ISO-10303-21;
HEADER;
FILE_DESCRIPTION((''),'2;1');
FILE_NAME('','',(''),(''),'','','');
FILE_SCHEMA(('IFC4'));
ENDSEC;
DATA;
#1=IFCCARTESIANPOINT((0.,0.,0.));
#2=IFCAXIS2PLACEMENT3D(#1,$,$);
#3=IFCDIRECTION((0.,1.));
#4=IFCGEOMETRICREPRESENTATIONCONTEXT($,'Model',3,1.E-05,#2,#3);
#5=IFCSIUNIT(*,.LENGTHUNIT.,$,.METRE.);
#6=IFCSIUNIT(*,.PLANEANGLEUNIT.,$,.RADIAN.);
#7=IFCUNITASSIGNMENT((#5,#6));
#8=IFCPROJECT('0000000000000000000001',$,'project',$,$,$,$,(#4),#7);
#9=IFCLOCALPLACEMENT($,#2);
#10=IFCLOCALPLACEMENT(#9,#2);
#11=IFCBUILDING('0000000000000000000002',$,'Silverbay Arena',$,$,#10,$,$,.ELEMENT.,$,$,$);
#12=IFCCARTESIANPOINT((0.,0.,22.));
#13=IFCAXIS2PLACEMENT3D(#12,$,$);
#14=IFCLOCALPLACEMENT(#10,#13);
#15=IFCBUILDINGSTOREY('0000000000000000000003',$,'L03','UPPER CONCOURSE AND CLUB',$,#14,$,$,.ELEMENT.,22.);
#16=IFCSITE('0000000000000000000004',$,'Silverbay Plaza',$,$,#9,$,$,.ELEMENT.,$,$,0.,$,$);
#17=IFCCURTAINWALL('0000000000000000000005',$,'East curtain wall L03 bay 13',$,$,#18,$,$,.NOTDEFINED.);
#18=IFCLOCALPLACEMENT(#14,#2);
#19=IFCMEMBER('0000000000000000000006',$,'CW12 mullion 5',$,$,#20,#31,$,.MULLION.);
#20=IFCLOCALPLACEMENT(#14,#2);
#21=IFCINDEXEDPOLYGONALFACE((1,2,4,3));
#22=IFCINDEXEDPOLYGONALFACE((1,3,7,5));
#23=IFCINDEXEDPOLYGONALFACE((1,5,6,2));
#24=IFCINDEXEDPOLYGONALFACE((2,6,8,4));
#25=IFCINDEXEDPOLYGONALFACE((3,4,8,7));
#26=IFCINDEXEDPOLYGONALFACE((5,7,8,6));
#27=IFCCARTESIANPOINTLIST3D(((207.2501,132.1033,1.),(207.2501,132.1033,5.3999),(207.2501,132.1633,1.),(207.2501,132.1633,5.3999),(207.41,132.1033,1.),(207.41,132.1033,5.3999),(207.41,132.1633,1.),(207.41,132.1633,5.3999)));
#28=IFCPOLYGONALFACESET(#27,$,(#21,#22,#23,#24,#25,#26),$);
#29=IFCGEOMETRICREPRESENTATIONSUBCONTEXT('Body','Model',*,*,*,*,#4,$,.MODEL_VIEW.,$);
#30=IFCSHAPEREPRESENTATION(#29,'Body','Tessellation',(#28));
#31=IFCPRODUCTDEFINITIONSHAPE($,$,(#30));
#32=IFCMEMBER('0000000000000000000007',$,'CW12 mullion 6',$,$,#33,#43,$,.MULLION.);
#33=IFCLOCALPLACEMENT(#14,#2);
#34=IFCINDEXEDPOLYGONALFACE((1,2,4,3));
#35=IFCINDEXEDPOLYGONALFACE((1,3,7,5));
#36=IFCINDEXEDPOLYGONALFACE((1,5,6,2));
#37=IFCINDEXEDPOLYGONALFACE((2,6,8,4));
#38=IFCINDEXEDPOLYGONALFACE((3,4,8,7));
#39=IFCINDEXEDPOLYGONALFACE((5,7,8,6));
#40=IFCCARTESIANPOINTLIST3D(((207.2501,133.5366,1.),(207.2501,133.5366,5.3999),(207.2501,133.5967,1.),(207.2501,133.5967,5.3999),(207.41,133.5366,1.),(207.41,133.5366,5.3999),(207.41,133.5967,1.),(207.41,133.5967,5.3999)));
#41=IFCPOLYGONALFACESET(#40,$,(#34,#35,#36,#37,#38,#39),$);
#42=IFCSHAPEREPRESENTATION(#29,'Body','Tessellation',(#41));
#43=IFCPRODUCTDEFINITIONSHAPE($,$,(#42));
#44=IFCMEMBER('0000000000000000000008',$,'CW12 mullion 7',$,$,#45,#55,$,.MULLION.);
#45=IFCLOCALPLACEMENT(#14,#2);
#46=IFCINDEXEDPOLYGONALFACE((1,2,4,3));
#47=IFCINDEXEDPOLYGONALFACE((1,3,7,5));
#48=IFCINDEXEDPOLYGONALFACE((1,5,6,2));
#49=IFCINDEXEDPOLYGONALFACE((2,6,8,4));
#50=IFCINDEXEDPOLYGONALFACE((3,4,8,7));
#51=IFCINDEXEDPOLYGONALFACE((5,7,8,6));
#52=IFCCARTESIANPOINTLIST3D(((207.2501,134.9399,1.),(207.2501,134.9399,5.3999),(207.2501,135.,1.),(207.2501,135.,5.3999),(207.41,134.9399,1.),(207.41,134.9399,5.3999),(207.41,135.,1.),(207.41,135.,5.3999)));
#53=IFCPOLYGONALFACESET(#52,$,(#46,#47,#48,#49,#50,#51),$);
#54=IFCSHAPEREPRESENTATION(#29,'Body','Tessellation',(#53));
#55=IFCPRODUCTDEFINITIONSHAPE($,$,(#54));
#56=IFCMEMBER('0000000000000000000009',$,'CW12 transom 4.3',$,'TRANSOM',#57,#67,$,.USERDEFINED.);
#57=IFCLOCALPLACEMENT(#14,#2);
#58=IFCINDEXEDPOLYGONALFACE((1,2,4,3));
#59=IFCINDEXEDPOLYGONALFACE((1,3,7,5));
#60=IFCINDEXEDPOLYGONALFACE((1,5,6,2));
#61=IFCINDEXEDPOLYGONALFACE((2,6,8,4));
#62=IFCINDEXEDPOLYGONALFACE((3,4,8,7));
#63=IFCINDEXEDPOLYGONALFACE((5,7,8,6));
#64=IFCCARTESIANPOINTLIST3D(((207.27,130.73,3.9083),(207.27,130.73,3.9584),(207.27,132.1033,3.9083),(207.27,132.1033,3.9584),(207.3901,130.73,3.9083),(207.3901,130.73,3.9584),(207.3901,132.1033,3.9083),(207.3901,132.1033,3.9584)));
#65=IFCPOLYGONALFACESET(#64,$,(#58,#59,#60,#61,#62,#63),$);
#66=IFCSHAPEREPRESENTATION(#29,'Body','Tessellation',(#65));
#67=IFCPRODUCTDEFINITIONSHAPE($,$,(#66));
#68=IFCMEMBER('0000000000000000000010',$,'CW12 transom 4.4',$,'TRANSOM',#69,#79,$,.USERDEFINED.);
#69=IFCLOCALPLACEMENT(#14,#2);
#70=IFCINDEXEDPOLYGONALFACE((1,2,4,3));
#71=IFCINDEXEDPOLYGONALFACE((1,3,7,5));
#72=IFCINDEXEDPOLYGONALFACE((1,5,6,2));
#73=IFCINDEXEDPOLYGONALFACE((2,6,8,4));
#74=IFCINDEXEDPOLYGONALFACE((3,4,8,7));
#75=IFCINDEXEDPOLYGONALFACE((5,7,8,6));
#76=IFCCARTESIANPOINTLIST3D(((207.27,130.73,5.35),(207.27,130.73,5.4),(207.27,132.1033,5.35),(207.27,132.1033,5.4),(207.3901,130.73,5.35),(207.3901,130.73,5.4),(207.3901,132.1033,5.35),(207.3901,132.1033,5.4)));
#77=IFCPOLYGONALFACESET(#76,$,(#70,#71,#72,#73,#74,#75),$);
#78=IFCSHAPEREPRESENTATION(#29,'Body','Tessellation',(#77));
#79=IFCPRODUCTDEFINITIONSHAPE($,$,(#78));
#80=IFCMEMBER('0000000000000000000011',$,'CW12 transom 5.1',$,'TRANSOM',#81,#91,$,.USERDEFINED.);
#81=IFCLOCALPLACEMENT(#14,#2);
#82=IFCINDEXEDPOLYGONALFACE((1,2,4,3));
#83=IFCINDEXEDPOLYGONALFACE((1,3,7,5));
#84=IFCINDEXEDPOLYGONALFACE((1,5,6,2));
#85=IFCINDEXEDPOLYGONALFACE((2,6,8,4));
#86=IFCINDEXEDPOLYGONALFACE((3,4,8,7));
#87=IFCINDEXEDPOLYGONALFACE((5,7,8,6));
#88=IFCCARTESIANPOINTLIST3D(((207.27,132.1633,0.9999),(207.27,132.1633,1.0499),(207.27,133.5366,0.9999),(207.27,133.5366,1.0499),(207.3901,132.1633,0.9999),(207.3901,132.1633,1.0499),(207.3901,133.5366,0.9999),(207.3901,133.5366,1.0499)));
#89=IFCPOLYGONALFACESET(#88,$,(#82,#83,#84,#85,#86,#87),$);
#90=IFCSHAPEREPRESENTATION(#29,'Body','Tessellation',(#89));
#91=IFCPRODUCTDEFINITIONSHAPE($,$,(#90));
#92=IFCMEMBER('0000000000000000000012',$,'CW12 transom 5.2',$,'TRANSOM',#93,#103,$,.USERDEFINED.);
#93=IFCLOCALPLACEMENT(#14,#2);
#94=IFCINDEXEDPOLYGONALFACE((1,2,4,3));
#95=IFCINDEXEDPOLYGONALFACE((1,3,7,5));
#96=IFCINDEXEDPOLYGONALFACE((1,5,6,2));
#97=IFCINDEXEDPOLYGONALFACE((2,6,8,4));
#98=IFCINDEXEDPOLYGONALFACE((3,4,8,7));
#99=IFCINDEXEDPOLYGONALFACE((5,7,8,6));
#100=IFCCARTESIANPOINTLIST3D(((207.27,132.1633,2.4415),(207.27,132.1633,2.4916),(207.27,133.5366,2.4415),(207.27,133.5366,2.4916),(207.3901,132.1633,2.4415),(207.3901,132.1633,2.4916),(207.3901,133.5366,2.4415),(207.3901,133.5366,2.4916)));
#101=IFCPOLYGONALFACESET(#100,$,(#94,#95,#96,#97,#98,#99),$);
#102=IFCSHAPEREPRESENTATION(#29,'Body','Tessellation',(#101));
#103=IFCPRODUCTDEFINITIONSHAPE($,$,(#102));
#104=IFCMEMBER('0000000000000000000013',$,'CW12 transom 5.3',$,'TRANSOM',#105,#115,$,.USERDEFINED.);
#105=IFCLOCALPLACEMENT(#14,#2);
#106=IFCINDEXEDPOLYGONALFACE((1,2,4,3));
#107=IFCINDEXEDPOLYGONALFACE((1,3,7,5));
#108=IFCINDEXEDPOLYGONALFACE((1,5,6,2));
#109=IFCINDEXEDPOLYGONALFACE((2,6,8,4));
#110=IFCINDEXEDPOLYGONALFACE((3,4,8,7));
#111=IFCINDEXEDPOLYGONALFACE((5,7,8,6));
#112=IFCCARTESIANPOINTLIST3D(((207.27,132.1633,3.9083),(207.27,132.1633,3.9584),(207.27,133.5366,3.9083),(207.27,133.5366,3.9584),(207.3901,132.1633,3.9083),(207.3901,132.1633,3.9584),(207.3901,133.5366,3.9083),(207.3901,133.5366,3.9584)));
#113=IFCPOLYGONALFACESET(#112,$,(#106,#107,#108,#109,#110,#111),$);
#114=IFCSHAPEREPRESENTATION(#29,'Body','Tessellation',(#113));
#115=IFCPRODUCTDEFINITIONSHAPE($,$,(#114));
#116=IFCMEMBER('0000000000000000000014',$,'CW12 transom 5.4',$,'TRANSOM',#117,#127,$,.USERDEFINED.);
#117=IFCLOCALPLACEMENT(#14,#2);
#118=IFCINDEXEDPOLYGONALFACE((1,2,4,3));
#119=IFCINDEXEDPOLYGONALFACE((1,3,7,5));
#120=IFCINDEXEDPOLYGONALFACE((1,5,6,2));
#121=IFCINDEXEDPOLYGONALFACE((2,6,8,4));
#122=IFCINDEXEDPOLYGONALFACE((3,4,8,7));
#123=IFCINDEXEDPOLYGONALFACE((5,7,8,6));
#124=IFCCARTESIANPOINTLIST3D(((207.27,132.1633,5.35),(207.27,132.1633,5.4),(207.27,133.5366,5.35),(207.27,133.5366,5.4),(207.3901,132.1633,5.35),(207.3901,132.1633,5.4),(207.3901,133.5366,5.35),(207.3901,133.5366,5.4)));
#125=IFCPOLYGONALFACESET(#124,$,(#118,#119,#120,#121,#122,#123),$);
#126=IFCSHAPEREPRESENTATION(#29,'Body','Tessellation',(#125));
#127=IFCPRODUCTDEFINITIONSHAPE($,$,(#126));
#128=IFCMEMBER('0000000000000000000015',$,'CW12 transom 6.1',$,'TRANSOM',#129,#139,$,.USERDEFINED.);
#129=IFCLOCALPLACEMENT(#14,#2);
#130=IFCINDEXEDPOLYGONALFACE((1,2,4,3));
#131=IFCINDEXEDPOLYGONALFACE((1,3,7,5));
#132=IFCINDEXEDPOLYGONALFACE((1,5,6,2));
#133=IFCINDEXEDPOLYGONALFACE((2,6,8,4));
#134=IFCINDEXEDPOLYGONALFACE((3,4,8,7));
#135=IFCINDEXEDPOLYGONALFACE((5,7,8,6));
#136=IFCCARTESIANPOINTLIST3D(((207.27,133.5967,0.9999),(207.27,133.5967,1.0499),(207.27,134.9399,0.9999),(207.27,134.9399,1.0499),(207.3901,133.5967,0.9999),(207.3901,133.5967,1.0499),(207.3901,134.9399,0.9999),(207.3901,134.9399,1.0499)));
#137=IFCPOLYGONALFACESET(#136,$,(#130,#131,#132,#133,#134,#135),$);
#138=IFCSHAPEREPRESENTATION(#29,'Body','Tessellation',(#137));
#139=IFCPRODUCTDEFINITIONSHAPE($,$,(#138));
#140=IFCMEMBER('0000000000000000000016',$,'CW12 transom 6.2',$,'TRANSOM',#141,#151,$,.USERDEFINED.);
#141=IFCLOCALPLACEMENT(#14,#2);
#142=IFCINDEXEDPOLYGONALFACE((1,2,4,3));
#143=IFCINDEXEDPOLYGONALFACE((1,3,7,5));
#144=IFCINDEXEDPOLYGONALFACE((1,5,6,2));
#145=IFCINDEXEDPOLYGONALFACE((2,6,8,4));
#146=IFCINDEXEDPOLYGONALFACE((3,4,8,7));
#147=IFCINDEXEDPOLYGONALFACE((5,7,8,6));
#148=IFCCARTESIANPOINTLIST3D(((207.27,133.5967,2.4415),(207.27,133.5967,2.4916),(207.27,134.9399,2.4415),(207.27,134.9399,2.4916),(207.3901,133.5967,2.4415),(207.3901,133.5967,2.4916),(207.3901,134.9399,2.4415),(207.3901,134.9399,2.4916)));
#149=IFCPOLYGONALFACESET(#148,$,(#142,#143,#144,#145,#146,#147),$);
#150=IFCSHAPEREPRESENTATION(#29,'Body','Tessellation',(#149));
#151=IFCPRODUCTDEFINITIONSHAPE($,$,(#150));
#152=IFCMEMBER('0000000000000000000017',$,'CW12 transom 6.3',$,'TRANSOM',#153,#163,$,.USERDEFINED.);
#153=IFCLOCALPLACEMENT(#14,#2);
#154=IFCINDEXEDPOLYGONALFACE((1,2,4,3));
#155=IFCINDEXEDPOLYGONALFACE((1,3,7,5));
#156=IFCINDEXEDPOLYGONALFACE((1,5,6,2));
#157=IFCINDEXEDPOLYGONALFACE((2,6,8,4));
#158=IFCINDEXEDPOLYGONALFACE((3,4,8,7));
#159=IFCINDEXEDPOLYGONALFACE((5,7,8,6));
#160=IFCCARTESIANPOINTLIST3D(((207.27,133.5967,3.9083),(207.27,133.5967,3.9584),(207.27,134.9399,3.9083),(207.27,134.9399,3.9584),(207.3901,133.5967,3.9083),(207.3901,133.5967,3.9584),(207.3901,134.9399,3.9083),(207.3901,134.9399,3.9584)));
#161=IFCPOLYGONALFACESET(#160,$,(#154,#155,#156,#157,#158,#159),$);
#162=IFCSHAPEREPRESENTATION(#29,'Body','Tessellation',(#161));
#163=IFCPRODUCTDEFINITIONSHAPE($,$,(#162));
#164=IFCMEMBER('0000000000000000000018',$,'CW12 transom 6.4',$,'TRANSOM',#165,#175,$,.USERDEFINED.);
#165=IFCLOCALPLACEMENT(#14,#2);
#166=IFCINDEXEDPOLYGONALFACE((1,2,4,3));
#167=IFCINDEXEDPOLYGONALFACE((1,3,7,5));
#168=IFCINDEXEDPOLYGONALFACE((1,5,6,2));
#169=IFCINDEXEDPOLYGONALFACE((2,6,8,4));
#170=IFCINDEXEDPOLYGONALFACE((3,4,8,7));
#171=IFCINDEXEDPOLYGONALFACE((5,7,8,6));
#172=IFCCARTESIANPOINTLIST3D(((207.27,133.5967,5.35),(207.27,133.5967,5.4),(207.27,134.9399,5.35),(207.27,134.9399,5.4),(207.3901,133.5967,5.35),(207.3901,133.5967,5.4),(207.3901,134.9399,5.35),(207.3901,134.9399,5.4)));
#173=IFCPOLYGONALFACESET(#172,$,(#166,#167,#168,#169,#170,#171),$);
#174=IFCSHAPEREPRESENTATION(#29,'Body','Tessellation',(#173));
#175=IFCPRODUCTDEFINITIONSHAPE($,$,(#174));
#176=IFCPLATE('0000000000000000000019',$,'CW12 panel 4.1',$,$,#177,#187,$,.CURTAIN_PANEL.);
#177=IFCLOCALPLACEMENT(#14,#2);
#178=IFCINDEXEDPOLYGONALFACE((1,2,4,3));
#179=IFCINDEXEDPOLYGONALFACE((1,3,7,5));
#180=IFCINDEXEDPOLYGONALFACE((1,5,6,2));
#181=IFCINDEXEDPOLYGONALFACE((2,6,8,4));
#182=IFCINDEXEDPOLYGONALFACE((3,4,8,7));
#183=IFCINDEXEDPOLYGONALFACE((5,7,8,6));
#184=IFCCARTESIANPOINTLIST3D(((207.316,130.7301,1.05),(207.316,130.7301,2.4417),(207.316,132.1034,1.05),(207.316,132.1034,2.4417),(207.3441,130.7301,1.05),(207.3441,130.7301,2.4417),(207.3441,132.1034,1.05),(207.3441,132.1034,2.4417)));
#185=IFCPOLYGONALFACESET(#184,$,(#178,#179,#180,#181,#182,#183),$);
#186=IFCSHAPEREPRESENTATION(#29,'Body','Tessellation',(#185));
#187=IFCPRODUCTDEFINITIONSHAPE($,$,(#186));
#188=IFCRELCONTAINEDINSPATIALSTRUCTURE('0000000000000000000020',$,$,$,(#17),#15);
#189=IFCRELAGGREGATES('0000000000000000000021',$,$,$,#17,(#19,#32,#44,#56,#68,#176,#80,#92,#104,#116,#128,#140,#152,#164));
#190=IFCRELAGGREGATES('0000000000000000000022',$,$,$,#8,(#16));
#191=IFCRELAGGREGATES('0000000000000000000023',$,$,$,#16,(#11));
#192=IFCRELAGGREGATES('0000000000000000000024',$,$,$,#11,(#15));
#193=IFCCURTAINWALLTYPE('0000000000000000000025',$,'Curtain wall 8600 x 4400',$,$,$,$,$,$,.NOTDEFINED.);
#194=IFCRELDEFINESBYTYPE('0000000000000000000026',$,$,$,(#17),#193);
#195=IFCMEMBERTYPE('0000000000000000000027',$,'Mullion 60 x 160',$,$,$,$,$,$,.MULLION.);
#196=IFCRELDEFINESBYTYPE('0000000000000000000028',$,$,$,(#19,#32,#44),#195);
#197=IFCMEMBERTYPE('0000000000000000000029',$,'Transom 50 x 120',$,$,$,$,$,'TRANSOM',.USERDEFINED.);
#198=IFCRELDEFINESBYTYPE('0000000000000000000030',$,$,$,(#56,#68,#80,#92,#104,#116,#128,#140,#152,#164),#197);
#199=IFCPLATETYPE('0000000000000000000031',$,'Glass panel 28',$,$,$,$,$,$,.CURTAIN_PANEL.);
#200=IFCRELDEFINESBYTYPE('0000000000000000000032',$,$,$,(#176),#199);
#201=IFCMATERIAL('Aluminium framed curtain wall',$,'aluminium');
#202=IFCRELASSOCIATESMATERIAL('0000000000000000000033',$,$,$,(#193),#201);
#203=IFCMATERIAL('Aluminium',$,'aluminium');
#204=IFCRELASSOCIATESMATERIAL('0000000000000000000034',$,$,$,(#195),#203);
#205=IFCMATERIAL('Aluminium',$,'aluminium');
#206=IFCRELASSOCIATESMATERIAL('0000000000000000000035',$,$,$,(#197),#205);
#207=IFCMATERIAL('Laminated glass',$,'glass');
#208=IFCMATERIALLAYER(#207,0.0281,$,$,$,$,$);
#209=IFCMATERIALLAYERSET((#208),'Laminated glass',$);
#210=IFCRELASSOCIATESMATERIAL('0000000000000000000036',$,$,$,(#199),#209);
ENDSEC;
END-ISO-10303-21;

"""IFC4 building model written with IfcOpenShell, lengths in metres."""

from ifc_helpers import new_model, si_unit, direction, frame, origin, origin_2d, place, context, subcontext, project, spatial, rectangle, extrude, material, layer, layer_set, material_profile, profile_set, type_object, element, aggregate, save


model = new_model("IFC4")

# Units and contexts
model_context = context("Model", 3, precision=1e-05, world=origin(), true_north=direction((0.0, 1.0)))
body_context = subcontext(model_context, "Body", "Model", "MODEL_VIEW")
ifc_project = project(units=[si_unit("LENGTHUNIT", "METRE"), si_unit("PLANEANGLEUNIT", "RADIAN")], contexts=[model_context])

# Site, building, storey
site_placement = place(None, origin())
site = spatial("IfcSite", under=ifc_project, at=site_placement, Name="Silverbay Plaza", CompositionType="ELEMENT", RefElevation=0.0)
building_placement = place(site_placement, origin())
building = spatial("IfcBuilding", under=site, at=building_placement, Name="Silverbay Arena", CompositionType="ELEMENT")
storey_placement = place(building_placement, frame((0.0, 0.0, 22.0)))
storey = spatial("IfcBuildingStorey", under=building, at=storey_placement, Name="L03", Description="UPPER CONCOURSE AND CLUB", CompositionType="ELEMENT", Elevation=22.0)

# Curtain wall, members, plate
ifc_material_1 = material(Name="Aluminium framed curtain wall", Category="aluminium")
curtain_wall_type = type_object("IfcCurtainWallType", Name="Curtain wall 8600 x 4400", PredefinedType="NOTDEFINED", material=ifc_material_1)
curtain_wall_placement = place(storey_placement, origin())
curtain_wall = element("IfcCurtainWall", 1, at=curtain_wall_placement, inside=storey, type_object=curtain_wall_type, Name="East curtain wall L03 bay 13", PredefinedType="NOTDEFINED")
ifc_material_2 = material(Name="Aluminium", Category="aluminium")
ifc_material_profile_1 = material_profile(ifc_material_2, rectangle(XDim=0.1599, YDim=0.0601, at=origin_2d()), Name="Mullion 60 x 160")
ifc_profile_set_1 = profile_set([ifc_material_profile_1], Name="Aluminium")
member_type_1 = type_object("IfcMemberType", Name="Mullion 60 x 160", PredefinedType="MULLION", material=ifc_profile_set_1)
member_1_placement = place(storey_placement, frame((207.3301, 132.1333, 1.0), z_axis=(0.0, 0.0, 1.0), x_axis=(-1.0, 0.0, 0.0)))
member_1 = element("IfcMember", 2, at=member_1_placement, type_object=member_type_1, Name="CW12 mullion 5", PredefinedType="MULLION", context=body_context, shape_type="SweptSolid", body=[
    extrude(rectangle(XDim=0.1599, YDim=0.0601, at=origin_2d()), origin(), (0.0, 0.0, 1.0), 4.3999),
])
member_2_placement = place(storey_placement, frame((207.3301, 133.5667, 1.0), z_axis=(0.0, 0.0, 1.0), x_axis=(-1.0, 0.0, 0.0)))
member_2 = element("IfcMember", 3, at=member_2_placement, type_object=member_type_1, Name="CW12 mullion 6", PredefinedType="MULLION", context=body_context, shape_type="SweptSolid", body=[
    extrude(rectangle(XDim=0.1599, YDim=0.0601, at=origin_2d()), origin(), (0.0, 0.0, 1.0), 4.3999),
])
member_3_placement = place(storey_placement, frame((207.3301, 134.97, 1.0), z_axis=(0.0, 0.0, 1.0), x_axis=(-1.0, 0.0, 0.0)))
member_3 = element("IfcMember", 4, at=member_3_placement, type_object=member_type_1, Name="CW12 mullion 7", PredefinedType="MULLION", context=body_context, shape_type="SweptSolid", body=[
    extrude(rectangle(XDim=0.1599, YDim=0.0601, at=origin_2d()), origin(), (0.0, 0.0, 1.0), 4.3999),
])
ifc_material_3 = material(Name="Aluminium", Category="aluminium")
ifc_material_profile_2 = material_profile(ifc_material_3, rectangle(XDim=0.1201, YDim=0.05, at=origin_2d()), Name="Transom 50 x 120")
ifc_profile_set_2 = profile_set([ifc_material_profile_2], Name="Aluminium")
member_type_2 = type_object("IfcMemberType", Name="Transom 50 x 120", ElementType="TRANSOM", PredefinedType="USERDEFINED", material=ifc_profile_set_2)
member_4_placement = place(storey_placement, frame((207.3301, 130.73, 3.9333), z_axis=(0.0, 1.0, 0.0), x_axis=(-1.0, 0.0, 0.0)))
member_4 = element("IfcMember", 5, at=member_4_placement, type_object=member_type_2, Name="CW12 transom 4.3", ObjectType="TRANSOM", PredefinedType="USERDEFINED", context=body_context, shape_type="SweptSolid", body=[
    extrude(rectangle(XDim=0.1201, YDim=0.05, at=origin_2d()), origin(), (0.0, 0.0, 1.0), 1.3733),
])
member_5_placement = place(storey_placement, frame((207.3301, 130.73, 5.375), z_axis=(0.0, 1.0, 0.0), x_axis=(-1.0, 0.0, 0.0)))
member_5 = element("IfcMember", 6, at=member_5_placement, type_object=member_type_2, Name="CW12 transom 4.4", ObjectType="TRANSOM", PredefinedType="USERDEFINED", context=body_context, shape_type="SweptSolid", body=[
    extrude(rectangle(XDim=0.1201, YDim=0.05, at=origin_2d()), origin(), (0.0, 0.0, 1.0), 1.3733),
])
member_6_placement = place(storey_placement, frame((207.3301, 132.1633, 1.0249), z_axis=(0.0, 1.0, 0.0), x_axis=(-1.0, 0.0, 0.0)))
member_6 = element("IfcMember", 7, at=member_6_placement, type_object=member_type_2, Name="CW12 transom 5.1", ObjectType="TRANSOM", PredefinedType="USERDEFINED", context=body_context, shape_type="SweptSolid", body=[
    extrude(rectangle(XDim=0.1201, YDim=0.05, at=origin_2d()), origin(), (0.0, 0.0, 1.0), 1.3733),
])
member_7_placement = place(storey_placement, frame((207.3301, 132.1633, 2.4666), z_axis=(0.0, 1.0, 0.0), x_axis=(-1.0, 0.0, 0.0)))
member_7 = element("IfcMember", 8, at=member_7_placement, type_object=member_type_2, Name="CW12 transom 5.2", ObjectType="TRANSOM", PredefinedType="USERDEFINED", context=body_context, shape_type="SweptSolid", body=[
    extrude(rectangle(XDim=0.1201, YDim=0.05, at=origin_2d()), origin(), (0.0, 0.0, 1.0), 1.3733),
])
member_8_placement = place(storey_placement, frame((207.3301, 132.1633, 3.9333), z_axis=(0.0, 1.0, 0.0), x_axis=(-1.0, 0.0, 0.0)))
member_8 = element("IfcMember", 9, at=member_8_placement, type_object=member_type_2, Name="CW12 transom 5.3", ObjectType="TRANSOM", PredefinedType="USERDEFINED", context=body_context, shape_type="SweptSolid", body=[
    extrude(rectangle(XDim=0.1201, YDim=0.05, at=origin_2d()), origin(), (0.0, 0.0, 1.0), 1.3733),
])
member_9_placement = place(storey_placement, frame((207.3301, 132.1633, 5.375), z_axis=(0.0, 1.0, 0.0), x_axis=(-1.0, 0.0, 0.0)))
member_9 = element("IfcMember", 10, at=member_9_placement, type_object=member_type_2, Name="CW12 transom 5.4", ObjectType="TRANSOM", PredefinedType="USERDEFINED", context=body_context, shape_type="SweptSolid", body=[
    extrude(rectangle(XDim=0.1201, YDim=0.05, at=origin_2d()), origin(), (0.0, 0.0, 1.0), 1.3733),
])
member_10_placement = place(storey_placement, frame((207.3301, 133.5967, 1.0249), z_axis=(0.0, 1.0, 0.0), x_axis=(-1.0, 0.0, 0.0)))
member_10 = element("IfcMember", 11, at=member_10_placement, type_object=member_type_2, Name="CW12 transom 6.1", ObjectType="TRANSOM", PredefinedType="USERDEFINED", context=body_context, shape_type="SweptSolid", body=[
    extrude(rectangle(XDim=0.1201, YDim=0.05, at=origin_2d()), origin(), (0.0, 0.0, 1.0), 1.3433),
])
member_11_placement = place(storey_placement, frame((207.3301, 133.5967, 2.4666), z_axis=(0.0, 1.0, 0.0), x_axis=(-1.0, 0.0, 0.0)))
member_11 = element("IfcMember", 12, at=member_11_placement, type_object=member_type_2, Name="CW12 transom 6.2", ObjectType="TRANSOM", PredefinedType="USERDEFINED", context=body_context, shape_type="SweptSolid", body=[
    extrude(rectangle(XDim=0.1201, YDim=0.05, at=origin_2d()), origin(), (0.0, 0.0, 1.0), 1.3433),
])
member_12_placement = place(storey_placement, frame((207.3301, 133.5967, 3.9333), z_axis=(0.0, 1.0, 0.0), x_axis=(-1.0, 0.0, 0.0)))
member_12 = element("IfcMember", 13, at=member_12_placement, type_object=member_type_2, Name="CW12 transom 6.3", ObjectType="TRANSOM", PredefinedType="USERDEFINED", context=body_context, shape_type="SweptSolid", body=[
    extrude(rectangle(XDim=0.1201, YDim=0.05, at=origin_2d()), origin(), (0.0, 0.0, 1.0), 1.3433),
])
member_13_placement = place(storey_placement, frame((207.3301, 133.5967, 5.375), z_axis=(0.0, 1.0, 0.0), x_axis=(-1.0, 0.0, 0.0)))
member_13 = element("IfcMember", 14, at=member_13_placement, type_object=member_type_2, Name="CW12 transom 6.4", ObjectType="TRANSOM", PredefinedType="USERDEFINED", context=body_context, shape_type="SweptSolid", body=[
    extrude(rectangle(XDim=0.1201, YDim=0.05, at=origin_2d()), origin(), (0.0, 0.0, 1.0), 1.3433),
])
ifc_material_4 = material(Name="Laminated glass", Category="glass")
ifc_layer_1 = layer(ifc_material_4, 0.0281)
ifc_layer_set_1 = layer_set([ifc_layer_1], Name="Laminated glass")
plate_type = type_object("IfcPlateType", Name="Glass panel 28", PredefinedType="CURTAIN_PANEL", material=ifc_layer_set_1)
plate_1_placement = place(storey_placement, frame((207.3301, 131.4167, 1.05), z_axis=(0.0, 0.0, 1.0), x_axis=(0.0, 1.0, 0.0)))
plate_1 = element("IfcPlate", 15, at=plate_1_placement, type_object=plate_type, Name="CW12 panel 4.1", PredefinedType="CURTAIN_PANEL", context=body_context, shape_type="SweptSolid", body=[
    extrude(rectangle(XDim=1.3733, YDim=0.0281, at=origin_2d()), origin(), (0.0, 0.0, 1.0), 1.3916),
])
aggregate(curtain_wall, [member_1, member_2, member_3, member_4, member_5, plate_1, member_6, member_7, member_8, member_9, member_10, member_11, member_12, member_13])

save(model, "model.ifc")
